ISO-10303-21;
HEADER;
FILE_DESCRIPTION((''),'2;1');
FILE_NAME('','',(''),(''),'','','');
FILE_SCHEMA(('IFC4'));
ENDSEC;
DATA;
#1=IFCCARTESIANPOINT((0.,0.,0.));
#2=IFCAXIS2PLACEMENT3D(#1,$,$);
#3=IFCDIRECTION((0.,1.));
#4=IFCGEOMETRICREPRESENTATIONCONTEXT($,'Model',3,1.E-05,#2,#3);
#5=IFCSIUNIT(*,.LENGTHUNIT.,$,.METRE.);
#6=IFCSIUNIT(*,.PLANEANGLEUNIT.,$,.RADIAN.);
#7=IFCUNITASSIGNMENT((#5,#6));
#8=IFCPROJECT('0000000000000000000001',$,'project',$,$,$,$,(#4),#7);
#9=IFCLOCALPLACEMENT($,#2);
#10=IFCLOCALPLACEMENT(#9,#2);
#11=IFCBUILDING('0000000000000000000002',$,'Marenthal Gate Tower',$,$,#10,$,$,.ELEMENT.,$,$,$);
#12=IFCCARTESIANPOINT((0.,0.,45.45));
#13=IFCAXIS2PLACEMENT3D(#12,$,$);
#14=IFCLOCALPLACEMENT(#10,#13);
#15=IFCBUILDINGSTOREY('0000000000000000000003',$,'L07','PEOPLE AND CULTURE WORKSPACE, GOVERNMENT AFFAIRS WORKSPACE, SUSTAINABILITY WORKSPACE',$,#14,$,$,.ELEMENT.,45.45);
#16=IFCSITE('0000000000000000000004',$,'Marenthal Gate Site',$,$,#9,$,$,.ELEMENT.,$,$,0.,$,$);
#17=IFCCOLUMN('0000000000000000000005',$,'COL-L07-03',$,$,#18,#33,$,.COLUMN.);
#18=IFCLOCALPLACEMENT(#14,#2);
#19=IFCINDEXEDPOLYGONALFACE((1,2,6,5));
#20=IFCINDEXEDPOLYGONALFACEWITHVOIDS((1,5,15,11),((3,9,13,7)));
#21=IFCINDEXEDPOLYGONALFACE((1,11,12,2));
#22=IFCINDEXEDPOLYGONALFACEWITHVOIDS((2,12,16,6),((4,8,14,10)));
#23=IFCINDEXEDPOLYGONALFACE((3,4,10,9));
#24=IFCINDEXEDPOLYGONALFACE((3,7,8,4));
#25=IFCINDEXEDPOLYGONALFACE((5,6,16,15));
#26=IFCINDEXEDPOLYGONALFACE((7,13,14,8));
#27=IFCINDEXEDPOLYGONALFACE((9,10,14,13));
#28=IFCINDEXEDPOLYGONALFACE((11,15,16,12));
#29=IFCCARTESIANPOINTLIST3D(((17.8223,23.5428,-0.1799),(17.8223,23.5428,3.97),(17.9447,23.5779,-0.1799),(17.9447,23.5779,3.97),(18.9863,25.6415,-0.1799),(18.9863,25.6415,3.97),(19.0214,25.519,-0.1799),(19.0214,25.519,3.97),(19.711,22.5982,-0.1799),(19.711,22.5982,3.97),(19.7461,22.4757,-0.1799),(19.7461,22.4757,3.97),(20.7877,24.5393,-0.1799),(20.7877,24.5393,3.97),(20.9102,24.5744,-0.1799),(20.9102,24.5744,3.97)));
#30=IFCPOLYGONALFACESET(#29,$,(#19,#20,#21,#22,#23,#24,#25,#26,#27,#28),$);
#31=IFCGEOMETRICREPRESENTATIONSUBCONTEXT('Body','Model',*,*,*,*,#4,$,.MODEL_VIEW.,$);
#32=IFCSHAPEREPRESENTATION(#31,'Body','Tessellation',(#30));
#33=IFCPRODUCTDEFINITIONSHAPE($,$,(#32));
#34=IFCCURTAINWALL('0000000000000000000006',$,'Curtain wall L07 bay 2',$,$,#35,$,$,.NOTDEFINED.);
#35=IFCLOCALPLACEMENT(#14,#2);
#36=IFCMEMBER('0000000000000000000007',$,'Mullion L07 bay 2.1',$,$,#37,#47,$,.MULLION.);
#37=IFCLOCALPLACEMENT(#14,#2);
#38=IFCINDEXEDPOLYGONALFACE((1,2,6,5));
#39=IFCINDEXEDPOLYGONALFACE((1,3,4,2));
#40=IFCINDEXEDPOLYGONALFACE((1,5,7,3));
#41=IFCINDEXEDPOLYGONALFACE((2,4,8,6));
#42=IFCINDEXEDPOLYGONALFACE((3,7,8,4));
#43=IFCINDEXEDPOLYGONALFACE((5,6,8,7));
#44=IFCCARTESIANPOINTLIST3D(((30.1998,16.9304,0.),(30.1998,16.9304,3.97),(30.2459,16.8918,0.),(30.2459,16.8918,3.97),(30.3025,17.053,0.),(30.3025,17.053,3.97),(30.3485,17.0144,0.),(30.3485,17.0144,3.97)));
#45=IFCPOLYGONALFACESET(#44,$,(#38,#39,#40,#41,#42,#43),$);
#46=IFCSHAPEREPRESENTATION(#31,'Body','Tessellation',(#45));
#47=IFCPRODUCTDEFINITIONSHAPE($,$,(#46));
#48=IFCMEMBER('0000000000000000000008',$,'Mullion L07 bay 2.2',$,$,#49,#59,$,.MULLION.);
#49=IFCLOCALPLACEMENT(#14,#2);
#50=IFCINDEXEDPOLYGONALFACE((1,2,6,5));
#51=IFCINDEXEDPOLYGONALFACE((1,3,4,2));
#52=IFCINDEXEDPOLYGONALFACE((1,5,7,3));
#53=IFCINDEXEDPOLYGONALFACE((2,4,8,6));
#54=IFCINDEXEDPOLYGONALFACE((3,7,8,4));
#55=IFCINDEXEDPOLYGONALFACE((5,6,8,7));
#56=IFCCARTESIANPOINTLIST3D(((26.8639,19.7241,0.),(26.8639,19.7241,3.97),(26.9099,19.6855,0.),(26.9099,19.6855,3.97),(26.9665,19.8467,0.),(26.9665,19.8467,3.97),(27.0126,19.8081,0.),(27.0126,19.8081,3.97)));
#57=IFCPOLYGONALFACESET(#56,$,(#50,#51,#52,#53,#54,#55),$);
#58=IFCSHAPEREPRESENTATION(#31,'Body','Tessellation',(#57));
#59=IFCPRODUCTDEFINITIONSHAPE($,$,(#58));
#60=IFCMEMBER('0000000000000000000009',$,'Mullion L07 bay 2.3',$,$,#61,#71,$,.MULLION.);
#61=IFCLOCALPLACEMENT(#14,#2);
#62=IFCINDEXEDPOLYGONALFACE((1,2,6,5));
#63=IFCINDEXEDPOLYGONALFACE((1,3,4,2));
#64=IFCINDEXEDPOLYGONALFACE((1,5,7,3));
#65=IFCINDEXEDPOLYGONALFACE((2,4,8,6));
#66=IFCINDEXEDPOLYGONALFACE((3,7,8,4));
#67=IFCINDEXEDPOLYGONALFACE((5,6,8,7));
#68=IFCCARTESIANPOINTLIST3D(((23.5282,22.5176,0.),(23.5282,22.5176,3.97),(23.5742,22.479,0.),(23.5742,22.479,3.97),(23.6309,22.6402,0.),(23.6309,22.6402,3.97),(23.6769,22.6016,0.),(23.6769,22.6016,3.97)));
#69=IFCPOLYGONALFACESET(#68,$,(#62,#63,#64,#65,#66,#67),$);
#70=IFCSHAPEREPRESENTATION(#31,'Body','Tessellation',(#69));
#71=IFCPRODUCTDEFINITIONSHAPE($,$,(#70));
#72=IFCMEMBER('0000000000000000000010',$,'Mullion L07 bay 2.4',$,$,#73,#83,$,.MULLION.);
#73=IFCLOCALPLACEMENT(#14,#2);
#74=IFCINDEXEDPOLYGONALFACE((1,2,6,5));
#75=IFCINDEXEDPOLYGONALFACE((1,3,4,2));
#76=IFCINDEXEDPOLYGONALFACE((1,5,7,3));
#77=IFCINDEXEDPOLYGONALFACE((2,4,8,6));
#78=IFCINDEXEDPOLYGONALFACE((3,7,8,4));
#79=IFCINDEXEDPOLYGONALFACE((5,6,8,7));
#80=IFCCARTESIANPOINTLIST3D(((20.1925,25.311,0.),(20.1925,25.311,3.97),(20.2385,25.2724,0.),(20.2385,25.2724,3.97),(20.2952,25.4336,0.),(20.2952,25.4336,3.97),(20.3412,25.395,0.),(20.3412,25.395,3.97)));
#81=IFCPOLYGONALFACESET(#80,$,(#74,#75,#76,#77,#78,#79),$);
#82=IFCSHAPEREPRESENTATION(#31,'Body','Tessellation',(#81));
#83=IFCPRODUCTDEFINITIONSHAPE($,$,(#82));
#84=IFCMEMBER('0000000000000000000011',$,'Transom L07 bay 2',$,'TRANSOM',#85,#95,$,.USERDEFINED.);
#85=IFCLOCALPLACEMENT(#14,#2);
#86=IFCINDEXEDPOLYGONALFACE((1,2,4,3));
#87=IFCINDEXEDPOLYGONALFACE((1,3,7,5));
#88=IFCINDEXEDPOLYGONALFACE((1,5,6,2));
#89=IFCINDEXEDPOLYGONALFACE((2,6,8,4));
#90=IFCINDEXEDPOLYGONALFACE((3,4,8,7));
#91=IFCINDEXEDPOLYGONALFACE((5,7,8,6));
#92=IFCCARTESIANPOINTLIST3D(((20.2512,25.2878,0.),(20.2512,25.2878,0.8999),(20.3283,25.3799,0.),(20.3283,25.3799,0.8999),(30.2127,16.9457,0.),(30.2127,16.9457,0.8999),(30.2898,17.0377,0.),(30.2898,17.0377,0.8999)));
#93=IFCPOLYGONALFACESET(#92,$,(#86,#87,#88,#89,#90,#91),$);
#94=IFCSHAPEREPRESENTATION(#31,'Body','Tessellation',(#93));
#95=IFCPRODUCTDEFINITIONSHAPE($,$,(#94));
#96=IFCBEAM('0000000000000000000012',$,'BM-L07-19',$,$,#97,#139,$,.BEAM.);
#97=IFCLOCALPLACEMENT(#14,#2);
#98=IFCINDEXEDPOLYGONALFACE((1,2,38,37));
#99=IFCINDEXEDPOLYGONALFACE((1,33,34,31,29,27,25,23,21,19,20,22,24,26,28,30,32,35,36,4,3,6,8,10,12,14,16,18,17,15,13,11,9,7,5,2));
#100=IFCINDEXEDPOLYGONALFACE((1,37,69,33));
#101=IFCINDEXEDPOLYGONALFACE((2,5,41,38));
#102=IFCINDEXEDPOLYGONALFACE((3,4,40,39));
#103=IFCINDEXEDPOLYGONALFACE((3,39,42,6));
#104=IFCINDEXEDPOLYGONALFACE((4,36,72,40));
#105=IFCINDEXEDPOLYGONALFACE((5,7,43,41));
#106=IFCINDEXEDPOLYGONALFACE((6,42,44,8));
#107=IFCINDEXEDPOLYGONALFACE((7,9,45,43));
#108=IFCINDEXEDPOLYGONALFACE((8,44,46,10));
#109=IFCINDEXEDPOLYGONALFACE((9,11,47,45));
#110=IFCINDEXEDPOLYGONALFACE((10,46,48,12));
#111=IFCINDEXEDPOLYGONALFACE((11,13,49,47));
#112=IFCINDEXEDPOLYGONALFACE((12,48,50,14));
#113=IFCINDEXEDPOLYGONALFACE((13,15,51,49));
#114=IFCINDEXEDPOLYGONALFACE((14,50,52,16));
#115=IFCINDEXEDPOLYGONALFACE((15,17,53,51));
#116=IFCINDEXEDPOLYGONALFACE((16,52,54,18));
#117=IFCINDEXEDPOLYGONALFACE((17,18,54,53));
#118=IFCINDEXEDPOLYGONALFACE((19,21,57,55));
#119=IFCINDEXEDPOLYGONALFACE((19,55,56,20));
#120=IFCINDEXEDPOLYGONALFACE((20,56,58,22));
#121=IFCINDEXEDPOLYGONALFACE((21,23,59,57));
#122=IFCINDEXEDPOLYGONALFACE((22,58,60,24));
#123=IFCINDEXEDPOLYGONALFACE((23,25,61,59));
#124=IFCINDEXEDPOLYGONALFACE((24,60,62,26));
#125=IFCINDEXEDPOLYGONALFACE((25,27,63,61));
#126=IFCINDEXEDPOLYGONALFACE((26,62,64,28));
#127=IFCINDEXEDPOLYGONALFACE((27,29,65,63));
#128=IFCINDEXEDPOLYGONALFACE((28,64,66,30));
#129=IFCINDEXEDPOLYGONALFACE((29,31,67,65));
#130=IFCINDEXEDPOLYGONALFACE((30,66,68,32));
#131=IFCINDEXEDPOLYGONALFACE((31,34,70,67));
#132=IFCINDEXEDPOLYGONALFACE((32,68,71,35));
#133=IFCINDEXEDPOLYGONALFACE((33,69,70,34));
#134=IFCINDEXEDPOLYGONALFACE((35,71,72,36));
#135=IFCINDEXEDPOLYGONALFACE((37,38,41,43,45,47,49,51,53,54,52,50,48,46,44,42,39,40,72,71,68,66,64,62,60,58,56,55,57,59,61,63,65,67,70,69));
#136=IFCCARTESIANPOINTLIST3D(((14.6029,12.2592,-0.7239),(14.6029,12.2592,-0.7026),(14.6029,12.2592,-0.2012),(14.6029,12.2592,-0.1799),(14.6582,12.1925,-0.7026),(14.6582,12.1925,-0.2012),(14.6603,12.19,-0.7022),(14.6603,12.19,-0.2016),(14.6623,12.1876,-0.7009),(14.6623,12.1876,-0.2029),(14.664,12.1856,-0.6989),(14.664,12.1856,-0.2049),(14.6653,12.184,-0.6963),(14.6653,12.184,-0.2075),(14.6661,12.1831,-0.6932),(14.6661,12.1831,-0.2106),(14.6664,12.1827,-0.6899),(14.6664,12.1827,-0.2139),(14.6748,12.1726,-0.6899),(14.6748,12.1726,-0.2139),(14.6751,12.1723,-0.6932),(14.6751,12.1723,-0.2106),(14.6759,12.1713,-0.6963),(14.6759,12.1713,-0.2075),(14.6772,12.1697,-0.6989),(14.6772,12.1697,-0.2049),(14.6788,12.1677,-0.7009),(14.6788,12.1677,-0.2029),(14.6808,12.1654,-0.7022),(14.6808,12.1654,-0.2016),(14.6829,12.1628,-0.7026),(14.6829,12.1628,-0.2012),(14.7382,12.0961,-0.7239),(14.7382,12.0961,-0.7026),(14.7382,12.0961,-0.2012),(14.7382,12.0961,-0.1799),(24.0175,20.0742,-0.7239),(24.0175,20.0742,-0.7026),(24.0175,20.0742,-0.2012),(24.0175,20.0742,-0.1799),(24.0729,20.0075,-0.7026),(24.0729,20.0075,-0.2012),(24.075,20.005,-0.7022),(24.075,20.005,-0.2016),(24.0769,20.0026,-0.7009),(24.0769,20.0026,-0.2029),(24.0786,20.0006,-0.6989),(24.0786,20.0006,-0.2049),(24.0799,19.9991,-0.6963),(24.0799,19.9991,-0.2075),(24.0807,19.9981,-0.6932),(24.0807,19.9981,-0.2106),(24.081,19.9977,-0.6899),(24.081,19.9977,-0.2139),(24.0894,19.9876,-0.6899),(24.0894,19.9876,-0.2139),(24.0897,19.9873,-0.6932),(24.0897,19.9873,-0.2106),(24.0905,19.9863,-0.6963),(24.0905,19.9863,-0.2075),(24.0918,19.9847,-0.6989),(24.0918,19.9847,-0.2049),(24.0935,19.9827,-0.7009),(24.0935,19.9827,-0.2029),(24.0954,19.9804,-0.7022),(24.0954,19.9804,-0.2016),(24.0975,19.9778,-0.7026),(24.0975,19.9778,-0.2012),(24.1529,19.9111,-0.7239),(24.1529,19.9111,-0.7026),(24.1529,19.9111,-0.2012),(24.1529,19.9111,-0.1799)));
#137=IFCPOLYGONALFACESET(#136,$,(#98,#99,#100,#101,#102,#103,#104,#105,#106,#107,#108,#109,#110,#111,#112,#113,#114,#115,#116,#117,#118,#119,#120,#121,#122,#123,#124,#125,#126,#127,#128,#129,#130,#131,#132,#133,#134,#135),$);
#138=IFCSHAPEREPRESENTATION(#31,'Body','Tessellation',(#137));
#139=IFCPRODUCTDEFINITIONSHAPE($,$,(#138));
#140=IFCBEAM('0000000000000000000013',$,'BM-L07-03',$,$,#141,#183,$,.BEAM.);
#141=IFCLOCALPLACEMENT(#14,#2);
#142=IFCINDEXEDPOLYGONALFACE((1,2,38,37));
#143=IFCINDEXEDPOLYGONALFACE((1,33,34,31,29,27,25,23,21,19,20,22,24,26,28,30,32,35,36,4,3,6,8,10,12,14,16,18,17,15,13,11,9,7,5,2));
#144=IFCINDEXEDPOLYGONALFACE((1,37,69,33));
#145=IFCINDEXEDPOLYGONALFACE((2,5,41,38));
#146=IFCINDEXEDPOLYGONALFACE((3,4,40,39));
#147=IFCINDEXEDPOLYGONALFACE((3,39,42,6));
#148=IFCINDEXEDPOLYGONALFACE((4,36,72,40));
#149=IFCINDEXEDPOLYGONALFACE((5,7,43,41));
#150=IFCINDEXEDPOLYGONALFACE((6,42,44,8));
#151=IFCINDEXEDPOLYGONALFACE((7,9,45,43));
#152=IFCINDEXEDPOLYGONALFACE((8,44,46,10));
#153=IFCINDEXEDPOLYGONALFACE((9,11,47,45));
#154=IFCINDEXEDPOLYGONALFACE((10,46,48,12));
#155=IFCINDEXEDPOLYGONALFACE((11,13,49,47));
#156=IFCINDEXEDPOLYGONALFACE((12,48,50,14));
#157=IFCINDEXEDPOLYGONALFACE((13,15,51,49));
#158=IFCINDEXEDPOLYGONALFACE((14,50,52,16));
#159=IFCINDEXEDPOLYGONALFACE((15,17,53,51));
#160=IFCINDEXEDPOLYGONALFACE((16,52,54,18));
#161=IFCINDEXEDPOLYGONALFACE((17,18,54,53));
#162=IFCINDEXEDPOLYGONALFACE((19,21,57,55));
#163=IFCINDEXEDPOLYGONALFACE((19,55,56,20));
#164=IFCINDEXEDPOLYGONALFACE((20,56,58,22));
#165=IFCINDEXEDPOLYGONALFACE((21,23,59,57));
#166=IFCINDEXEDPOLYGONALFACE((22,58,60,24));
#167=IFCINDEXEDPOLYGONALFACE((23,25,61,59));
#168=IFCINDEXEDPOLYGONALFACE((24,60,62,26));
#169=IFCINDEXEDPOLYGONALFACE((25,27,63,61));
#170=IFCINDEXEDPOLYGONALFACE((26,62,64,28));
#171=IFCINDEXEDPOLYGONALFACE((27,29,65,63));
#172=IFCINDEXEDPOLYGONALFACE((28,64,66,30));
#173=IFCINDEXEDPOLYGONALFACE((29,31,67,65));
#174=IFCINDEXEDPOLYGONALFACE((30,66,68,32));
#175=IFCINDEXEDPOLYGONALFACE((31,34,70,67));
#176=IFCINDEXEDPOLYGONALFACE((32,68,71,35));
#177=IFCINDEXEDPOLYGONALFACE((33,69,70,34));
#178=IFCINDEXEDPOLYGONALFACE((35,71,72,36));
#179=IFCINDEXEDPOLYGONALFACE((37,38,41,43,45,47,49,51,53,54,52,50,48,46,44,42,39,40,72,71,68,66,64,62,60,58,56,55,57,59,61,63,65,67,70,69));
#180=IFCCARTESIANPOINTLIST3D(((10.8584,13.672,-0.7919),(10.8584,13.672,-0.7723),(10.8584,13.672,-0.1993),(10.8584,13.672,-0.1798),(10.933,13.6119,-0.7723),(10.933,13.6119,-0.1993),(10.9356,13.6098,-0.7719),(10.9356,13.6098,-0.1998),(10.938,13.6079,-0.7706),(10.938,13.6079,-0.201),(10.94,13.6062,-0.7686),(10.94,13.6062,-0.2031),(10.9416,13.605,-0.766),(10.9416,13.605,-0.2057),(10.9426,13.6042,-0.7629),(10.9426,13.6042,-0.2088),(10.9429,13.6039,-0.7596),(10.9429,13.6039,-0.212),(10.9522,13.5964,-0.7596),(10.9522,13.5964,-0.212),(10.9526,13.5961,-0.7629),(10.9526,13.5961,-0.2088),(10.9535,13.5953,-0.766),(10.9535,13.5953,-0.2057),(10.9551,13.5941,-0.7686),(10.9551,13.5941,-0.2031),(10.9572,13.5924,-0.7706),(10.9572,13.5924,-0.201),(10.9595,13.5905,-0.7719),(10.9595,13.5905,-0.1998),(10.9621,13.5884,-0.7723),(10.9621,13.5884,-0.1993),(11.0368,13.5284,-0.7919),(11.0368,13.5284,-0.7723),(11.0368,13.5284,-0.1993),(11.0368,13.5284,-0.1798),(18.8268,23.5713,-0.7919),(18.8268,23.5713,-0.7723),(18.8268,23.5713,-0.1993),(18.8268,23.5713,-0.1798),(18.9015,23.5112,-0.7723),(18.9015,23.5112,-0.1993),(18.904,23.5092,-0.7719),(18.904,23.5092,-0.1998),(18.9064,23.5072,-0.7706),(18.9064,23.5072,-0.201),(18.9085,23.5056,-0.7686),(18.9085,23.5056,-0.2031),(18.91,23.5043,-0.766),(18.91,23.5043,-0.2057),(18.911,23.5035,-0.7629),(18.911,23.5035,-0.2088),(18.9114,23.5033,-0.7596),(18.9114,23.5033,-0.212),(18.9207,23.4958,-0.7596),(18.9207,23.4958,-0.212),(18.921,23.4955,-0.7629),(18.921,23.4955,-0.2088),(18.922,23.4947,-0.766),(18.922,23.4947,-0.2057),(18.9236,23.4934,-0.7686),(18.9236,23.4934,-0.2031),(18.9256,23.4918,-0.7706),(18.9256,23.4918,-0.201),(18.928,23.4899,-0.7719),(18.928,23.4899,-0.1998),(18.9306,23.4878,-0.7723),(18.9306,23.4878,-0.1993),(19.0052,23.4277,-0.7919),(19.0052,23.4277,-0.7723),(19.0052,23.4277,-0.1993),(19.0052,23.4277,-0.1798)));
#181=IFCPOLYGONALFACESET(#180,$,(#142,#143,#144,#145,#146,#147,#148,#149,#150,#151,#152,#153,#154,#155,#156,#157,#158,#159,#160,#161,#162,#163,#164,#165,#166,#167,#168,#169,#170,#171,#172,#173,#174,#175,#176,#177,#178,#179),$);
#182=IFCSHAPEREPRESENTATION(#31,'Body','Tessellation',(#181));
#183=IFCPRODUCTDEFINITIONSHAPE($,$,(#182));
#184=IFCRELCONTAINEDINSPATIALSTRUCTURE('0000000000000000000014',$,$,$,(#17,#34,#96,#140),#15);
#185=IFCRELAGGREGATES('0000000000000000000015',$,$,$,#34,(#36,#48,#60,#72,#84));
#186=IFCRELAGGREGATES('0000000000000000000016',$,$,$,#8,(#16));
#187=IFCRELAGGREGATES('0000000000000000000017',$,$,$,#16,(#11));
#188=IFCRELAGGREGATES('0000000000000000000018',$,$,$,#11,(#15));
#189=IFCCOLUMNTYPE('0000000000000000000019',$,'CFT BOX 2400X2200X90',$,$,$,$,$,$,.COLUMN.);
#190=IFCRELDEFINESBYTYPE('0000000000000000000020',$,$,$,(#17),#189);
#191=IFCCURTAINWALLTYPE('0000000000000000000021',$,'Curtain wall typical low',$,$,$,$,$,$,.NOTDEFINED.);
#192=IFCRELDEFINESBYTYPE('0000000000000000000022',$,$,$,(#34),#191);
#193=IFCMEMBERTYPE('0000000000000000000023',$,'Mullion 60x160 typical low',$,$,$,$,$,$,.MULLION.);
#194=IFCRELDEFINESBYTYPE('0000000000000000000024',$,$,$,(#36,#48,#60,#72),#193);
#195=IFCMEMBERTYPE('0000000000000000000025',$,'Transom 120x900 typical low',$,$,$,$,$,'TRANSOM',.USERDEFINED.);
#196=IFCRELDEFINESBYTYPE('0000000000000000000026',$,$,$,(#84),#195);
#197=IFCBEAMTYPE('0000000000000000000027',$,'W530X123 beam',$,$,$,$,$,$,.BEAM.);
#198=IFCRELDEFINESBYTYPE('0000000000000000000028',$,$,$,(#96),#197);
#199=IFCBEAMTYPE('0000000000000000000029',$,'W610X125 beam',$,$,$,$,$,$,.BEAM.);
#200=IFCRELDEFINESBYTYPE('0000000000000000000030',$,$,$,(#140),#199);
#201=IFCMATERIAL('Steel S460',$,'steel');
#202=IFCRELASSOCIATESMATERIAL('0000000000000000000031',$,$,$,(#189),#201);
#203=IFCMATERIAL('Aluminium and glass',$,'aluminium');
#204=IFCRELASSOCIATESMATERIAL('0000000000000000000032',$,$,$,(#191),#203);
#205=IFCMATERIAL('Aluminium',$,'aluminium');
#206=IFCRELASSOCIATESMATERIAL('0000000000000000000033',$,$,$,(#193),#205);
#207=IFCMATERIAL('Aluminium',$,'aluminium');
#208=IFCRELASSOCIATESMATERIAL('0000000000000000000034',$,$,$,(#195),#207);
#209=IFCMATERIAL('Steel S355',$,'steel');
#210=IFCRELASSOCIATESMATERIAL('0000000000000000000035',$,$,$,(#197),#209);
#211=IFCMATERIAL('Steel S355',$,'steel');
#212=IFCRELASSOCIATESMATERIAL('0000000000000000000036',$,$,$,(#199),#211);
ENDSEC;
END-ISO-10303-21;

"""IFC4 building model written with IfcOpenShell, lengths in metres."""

from ifc_helpers import new_model, si_unit, direction, frame, origin, origin_2d, place, context, subcontext, project, spatial, rectangle, hollow_rectangle, i_section, extrude, material, material_profile, profile_set, type_object, element, aggregate, save


model = new_model("IFC4")

# Units and contexts
model_context = context("Model", 3, precision=1e-05, world=origin(), true_north=direction((0.0, 1.0)))
body_context = subcontext(model_context, "Body", "Model", "MODEL_VIEW")
ifc_project = project(units=[si_unit("LENGTHUNIT", "METRE"), si_unit("PLANEANGLEUNIT", "RADIAN")], contexts=[model_context])

# Site, building, storey
site_placement = place(None, origin())
site = spatial("IfcSite", under=ifc_project, at=site_placement, Name="Marenthal Gate Site", CompositionType="ELEMENT", RefElevation=0.0)
building_placement = place(site_placement, origin())
building = spatial("IfcBuilding", under=site, at=building_placement, Name="Marenthal Gate Tower", CompositionType="ELEMENT")
storey_placement = place(building_placement, frame((0.0, 0.0, 45.45)))
storey = spatial("IfcBuildingStorey", under=building, at=storey_placement, Name="L07", Description="PEOPLE AND CULTURE WORKSPACE, GOVERNMENT AFFAIRS WORKSPACE, SUSTAINABILITY WORKSPACE", CompositionType="ELEMENT", Elevation=45.45)

# Column
ifc_material_1 = material(Name="Steel S460", Category="steel")
ifc_material_profile_1 = material_profile(ifc_material_1, hollow_rectangle(XDim=2.2, YDim=2.3999, WallThickness=0.0901, at=origin_2d()), Name="CFT BOX 2400X2200X90")
ifc_material_2 = material(Name="Concrete 70 MPa", Category="concrete")
ifc_material_profile_2 = material_profile(ifc_material_2, rectangle(XDim=2.02, YDim=2.22, at=origin_2d()), Name="CFT BOX 2400X2200X90 INFILL")
ifc_profile_set_1 = profile_set([ifc_material_profile_1, ifc_material_profile_2], Name="Steel S460 shell, Concrete 70 MPa infill")
column_type = type_object("IfcColumnType", Name="CFT BOX 2400X2200X90", PredefinedType="COLUMN", material=ifc_profile_set_1)
column_placement = place(storey_placement, frame((19.3662, 24.0586, -0.1799), z_axis=(0.0, 0.0, 1.0), x_axis=(0.874496, -0.485032, 0.0)))
element("IfcColumn", 1, at=column_placement, inside=storey, type_object=column_type, Name="COL-L07-03", PredefinedType="COLUMN", context=body_context, shape_type="SweptSolid", body=[
    extrude(hollow_rectangle(XDim=2.2, YDim=2.3999, WallThickness=0.0901, at=origin_2d()), origin(), (0.0, 0.0, 1.0), 4.1499),
])

# Curtain wall, members
ifc_material_3 = material(Name="Aluminium and glass", Category="aluminium")
curtain_wall_type = type_object("IfcCurtainWallType", Name="Curtain wall typical low", PredefinedType="NOTDEFINED", material=ifc_material_3)
curtain_wall_placement = place(storey_placement, origin())
curtain_wall = element("IfcCurtainWall", 2, at=curtain_wall_placement, inside=storey, type_object=curtain_wall_type, Name="Curtain wall L07 bay 2", PredefinedType="NOTDEFINED")
ifc_material_4 = material(Name="Aluminium", Category="aluminium")
ifc_material_profile_3 = material_profile(ifc_material_4, rectangle(XDim=0.1599, YDim=0.0601, at=origin_2d()), Name="60x160 aluminium mullion")
ifc_profile_set_2 = profile_set([ifc_material_profile_3], Name="Aluminium")
member_type_1 = type_object("IfcMemberType", Name="Mullion 60x160 typical low", PredefinedType="MULLION", material=ifc_profile_set_2)
member_1_placement = place(storey_placement, frame((30.2742, 16.9724, 0.0), z_axis=(0.0, 0.0, 1.0), x_axis=(-0.642047, -0.766665, 0.0)))
member_1 = element("IfcMember", 3, at=member_1_placement, type_object=member_type_1, Name="Mullion L07 bay 2.1", PredefinedType="MULLION", context=body_context, shape_type="SweptSolid", body=[
    extrude(rectangle(XDim=0.1599, YDim=0.0601, at=origin_2d()), origin(), (0.0, 0.0, 1.0), 3.97),
])
member_2_placement = place(storey_placement, frame((26.9382, 19.7661, 0.0), z_axis=(0.0, 0.0, 1.0), x_axis=(-0.642047, -0.766665, 0.0)))
member_2 = element("IfcMember", 4, at=member_2_placement, type_object=member_type_1, Name="Mullion L07 bay 2.2", PredefinedType="MULLION", context=body_context, shape_type="SweptSolid", body=[
    extrude(rectangle(XDim=0.1599, YDim=0.0601, at=origin_2d()), origin(), (0.0, 0.0, 1.0), 3.97),
])
member_3_placement = place(storey_placement, frame((23.6025, 22.5596, 0.0), z_axis=(0.0, 0.0, 1.0), x_axis=(-0.642047, -0.766665, 0.0)))
member_3 = element("IfcMember", 5, at=member_3_placement, type_object=member_type_1, Name="Mullion L07 bay 2.3", PredefinedType="MULLION", context=body_context, shape_type="SweptSolid", body=[
    extrude(rectangle(XDim=0.1599, YDim=0.0601, at=origin_2d()), origin(), (0.0, 0.0, 1.0), 3.97),
])
member_4_placement = place(storey_placement, frame((20.2668, 25.353, 0.0), z_axis=(0.0, 0.0, 1.0), x_axis=(-0.642047, -0.766665, 0.0)))
member_4 = element("IfcMember", 6, at=member_4_placement, type_object=member_type_1, Name="Mullion L07 bay 2.4", PredefinedType="MULLION", context=body_context, shape_type="SweptSolid", body=[
    extrude(rectangle(XDim=0.1599, YDim=0.0601, at=origin_2d()), origin(), (0.0, 0.0, 1.0), 3.97),
])
ifc_material_5 = material(Name="Aluminium", Category="aluminium")
ifc_material_profile_4 = material_profile(ifc_material_5, rectangle(XDim=0.1201, YDim=0.8999, at=origin_2d()), Name="120x900 aluminium transom")
ifc_profile_set_3 = profile_set([ifc_material_profile_4], Name="Aluminium")
member_type_2 = type_object("IfcMemberType", Name="Transom 120x900 typical low", ElementType="TRANSOM", PredefinedType="USERDEFINED", material=ifc_profile_set_3)
member_5_placement = place(storey_placement, frame((30.2512, 16.9917, 0.45), z_axis=(-0.766673, 0.642038, 0.0), x_axis=(-0.642038, -0.766673, 0.0)))
member_5 = element("IfcMember", 7, at=member_5_placement, type_object=member_type_2, Name="Transom L07 bay 2", ObjectType="TRANSOM", PredefinedType="USERDEFINED", context=body_context, shape_type="SweptSolid", body=[
    extrude(rectangle(XDim=0.1201, YDim=0.8999, at=origin_2d()), origin(), (0.0, 0.0, 1.0), 12.9932),
])

# Beams
ifc_material_6 = material(Name="Steel S355", Category="steel")
ifc_material_profile_5 = material_profile(ifc_material_6, i_section(OverallWidth=0.2119, OverallDepth=0.5439, WebThickness=0.0132, FlangeThickness=0.0212, FilletRadius=0.0127, at=origin_2d()), Name="W530X123")
ifc_profile_set_4 = profile_set([ifc_material_profile_5], Name="Steel S355")
beam_type_1 = type_object("IfcBeamType", Name="W530X123 beam", PredefinedType="BEAM", material=ifc_profile_set_4)
beam_1_placement = place(storey_placement, frame((24.0852, 19.9927, -0.4519), z_axis=(-0.769447, -0.638711, 0.0), x_axis=(0.638711, -0.769447, 0.0)))
element("IfcBeam", 8, at=beam_1_placement, inside=storey, type_object=beam_type_1, Name="BM-L07-19", PredefinedType="BEAM", context=body_context, shape_type="SweptSolid", body=[
    extrude(i_section(OverallWidth=0.2119, OverallDepth=0.5439, WebThickness=0.0132, FlangeThickness=0.0212, FilletRadius=0.0127, at=origin_2d()), origin(), (0.0, 0.0, 1.0), 12.2356),
])
ifc_material_7 = material(Name="Steel S355", Category="steel")
ifc_material_profile_6 = material_profile(ifc_material_7, i_section(OverallWidth=0.229, OverallDepth=0.6121, WebThickness=0.012, FlangeThickness=0.0195, FilletRadius=0.0127, at=origin_2d()), Name="W610X125")
ifc_profile_set_5 = profile_set([ifc_material_profile_6], Name="Steel S355")
beam_type_2 = type_object("IfcBeamType", Name="W610X125 beam", PredefinedType="BEAM", material=ifc_profile_set_5)
beam_2_placement = place(storey_placement, frame((18.916, 23.4995, -0.4858), z_axis=(-0.627042, -0.778985, 0.0), x_axis=(0.778985, -0.627042, 0.0)))
element("IfcBeam", 9, at=beam_2_placement, inside=storey, type_object=beam_type_2, Name="BM-L07-03", PredefinedType="BEAM", context=body_context, shape_type="SweptSolid", body=[
    extrude(i_section(OverallWidth=0.229, OverallDepth=0.6121, WebThickness=0.012, FlangeThickness=0.0195, FilletRadius=0.0127, at=origin_2d()), origin(), (0.0, 0.0, 1.0), 12.708),
])

aggregate(curtain_wall, [member_1, member_2, member_3, member_4, member_5])

save(model, "model.ifc")
